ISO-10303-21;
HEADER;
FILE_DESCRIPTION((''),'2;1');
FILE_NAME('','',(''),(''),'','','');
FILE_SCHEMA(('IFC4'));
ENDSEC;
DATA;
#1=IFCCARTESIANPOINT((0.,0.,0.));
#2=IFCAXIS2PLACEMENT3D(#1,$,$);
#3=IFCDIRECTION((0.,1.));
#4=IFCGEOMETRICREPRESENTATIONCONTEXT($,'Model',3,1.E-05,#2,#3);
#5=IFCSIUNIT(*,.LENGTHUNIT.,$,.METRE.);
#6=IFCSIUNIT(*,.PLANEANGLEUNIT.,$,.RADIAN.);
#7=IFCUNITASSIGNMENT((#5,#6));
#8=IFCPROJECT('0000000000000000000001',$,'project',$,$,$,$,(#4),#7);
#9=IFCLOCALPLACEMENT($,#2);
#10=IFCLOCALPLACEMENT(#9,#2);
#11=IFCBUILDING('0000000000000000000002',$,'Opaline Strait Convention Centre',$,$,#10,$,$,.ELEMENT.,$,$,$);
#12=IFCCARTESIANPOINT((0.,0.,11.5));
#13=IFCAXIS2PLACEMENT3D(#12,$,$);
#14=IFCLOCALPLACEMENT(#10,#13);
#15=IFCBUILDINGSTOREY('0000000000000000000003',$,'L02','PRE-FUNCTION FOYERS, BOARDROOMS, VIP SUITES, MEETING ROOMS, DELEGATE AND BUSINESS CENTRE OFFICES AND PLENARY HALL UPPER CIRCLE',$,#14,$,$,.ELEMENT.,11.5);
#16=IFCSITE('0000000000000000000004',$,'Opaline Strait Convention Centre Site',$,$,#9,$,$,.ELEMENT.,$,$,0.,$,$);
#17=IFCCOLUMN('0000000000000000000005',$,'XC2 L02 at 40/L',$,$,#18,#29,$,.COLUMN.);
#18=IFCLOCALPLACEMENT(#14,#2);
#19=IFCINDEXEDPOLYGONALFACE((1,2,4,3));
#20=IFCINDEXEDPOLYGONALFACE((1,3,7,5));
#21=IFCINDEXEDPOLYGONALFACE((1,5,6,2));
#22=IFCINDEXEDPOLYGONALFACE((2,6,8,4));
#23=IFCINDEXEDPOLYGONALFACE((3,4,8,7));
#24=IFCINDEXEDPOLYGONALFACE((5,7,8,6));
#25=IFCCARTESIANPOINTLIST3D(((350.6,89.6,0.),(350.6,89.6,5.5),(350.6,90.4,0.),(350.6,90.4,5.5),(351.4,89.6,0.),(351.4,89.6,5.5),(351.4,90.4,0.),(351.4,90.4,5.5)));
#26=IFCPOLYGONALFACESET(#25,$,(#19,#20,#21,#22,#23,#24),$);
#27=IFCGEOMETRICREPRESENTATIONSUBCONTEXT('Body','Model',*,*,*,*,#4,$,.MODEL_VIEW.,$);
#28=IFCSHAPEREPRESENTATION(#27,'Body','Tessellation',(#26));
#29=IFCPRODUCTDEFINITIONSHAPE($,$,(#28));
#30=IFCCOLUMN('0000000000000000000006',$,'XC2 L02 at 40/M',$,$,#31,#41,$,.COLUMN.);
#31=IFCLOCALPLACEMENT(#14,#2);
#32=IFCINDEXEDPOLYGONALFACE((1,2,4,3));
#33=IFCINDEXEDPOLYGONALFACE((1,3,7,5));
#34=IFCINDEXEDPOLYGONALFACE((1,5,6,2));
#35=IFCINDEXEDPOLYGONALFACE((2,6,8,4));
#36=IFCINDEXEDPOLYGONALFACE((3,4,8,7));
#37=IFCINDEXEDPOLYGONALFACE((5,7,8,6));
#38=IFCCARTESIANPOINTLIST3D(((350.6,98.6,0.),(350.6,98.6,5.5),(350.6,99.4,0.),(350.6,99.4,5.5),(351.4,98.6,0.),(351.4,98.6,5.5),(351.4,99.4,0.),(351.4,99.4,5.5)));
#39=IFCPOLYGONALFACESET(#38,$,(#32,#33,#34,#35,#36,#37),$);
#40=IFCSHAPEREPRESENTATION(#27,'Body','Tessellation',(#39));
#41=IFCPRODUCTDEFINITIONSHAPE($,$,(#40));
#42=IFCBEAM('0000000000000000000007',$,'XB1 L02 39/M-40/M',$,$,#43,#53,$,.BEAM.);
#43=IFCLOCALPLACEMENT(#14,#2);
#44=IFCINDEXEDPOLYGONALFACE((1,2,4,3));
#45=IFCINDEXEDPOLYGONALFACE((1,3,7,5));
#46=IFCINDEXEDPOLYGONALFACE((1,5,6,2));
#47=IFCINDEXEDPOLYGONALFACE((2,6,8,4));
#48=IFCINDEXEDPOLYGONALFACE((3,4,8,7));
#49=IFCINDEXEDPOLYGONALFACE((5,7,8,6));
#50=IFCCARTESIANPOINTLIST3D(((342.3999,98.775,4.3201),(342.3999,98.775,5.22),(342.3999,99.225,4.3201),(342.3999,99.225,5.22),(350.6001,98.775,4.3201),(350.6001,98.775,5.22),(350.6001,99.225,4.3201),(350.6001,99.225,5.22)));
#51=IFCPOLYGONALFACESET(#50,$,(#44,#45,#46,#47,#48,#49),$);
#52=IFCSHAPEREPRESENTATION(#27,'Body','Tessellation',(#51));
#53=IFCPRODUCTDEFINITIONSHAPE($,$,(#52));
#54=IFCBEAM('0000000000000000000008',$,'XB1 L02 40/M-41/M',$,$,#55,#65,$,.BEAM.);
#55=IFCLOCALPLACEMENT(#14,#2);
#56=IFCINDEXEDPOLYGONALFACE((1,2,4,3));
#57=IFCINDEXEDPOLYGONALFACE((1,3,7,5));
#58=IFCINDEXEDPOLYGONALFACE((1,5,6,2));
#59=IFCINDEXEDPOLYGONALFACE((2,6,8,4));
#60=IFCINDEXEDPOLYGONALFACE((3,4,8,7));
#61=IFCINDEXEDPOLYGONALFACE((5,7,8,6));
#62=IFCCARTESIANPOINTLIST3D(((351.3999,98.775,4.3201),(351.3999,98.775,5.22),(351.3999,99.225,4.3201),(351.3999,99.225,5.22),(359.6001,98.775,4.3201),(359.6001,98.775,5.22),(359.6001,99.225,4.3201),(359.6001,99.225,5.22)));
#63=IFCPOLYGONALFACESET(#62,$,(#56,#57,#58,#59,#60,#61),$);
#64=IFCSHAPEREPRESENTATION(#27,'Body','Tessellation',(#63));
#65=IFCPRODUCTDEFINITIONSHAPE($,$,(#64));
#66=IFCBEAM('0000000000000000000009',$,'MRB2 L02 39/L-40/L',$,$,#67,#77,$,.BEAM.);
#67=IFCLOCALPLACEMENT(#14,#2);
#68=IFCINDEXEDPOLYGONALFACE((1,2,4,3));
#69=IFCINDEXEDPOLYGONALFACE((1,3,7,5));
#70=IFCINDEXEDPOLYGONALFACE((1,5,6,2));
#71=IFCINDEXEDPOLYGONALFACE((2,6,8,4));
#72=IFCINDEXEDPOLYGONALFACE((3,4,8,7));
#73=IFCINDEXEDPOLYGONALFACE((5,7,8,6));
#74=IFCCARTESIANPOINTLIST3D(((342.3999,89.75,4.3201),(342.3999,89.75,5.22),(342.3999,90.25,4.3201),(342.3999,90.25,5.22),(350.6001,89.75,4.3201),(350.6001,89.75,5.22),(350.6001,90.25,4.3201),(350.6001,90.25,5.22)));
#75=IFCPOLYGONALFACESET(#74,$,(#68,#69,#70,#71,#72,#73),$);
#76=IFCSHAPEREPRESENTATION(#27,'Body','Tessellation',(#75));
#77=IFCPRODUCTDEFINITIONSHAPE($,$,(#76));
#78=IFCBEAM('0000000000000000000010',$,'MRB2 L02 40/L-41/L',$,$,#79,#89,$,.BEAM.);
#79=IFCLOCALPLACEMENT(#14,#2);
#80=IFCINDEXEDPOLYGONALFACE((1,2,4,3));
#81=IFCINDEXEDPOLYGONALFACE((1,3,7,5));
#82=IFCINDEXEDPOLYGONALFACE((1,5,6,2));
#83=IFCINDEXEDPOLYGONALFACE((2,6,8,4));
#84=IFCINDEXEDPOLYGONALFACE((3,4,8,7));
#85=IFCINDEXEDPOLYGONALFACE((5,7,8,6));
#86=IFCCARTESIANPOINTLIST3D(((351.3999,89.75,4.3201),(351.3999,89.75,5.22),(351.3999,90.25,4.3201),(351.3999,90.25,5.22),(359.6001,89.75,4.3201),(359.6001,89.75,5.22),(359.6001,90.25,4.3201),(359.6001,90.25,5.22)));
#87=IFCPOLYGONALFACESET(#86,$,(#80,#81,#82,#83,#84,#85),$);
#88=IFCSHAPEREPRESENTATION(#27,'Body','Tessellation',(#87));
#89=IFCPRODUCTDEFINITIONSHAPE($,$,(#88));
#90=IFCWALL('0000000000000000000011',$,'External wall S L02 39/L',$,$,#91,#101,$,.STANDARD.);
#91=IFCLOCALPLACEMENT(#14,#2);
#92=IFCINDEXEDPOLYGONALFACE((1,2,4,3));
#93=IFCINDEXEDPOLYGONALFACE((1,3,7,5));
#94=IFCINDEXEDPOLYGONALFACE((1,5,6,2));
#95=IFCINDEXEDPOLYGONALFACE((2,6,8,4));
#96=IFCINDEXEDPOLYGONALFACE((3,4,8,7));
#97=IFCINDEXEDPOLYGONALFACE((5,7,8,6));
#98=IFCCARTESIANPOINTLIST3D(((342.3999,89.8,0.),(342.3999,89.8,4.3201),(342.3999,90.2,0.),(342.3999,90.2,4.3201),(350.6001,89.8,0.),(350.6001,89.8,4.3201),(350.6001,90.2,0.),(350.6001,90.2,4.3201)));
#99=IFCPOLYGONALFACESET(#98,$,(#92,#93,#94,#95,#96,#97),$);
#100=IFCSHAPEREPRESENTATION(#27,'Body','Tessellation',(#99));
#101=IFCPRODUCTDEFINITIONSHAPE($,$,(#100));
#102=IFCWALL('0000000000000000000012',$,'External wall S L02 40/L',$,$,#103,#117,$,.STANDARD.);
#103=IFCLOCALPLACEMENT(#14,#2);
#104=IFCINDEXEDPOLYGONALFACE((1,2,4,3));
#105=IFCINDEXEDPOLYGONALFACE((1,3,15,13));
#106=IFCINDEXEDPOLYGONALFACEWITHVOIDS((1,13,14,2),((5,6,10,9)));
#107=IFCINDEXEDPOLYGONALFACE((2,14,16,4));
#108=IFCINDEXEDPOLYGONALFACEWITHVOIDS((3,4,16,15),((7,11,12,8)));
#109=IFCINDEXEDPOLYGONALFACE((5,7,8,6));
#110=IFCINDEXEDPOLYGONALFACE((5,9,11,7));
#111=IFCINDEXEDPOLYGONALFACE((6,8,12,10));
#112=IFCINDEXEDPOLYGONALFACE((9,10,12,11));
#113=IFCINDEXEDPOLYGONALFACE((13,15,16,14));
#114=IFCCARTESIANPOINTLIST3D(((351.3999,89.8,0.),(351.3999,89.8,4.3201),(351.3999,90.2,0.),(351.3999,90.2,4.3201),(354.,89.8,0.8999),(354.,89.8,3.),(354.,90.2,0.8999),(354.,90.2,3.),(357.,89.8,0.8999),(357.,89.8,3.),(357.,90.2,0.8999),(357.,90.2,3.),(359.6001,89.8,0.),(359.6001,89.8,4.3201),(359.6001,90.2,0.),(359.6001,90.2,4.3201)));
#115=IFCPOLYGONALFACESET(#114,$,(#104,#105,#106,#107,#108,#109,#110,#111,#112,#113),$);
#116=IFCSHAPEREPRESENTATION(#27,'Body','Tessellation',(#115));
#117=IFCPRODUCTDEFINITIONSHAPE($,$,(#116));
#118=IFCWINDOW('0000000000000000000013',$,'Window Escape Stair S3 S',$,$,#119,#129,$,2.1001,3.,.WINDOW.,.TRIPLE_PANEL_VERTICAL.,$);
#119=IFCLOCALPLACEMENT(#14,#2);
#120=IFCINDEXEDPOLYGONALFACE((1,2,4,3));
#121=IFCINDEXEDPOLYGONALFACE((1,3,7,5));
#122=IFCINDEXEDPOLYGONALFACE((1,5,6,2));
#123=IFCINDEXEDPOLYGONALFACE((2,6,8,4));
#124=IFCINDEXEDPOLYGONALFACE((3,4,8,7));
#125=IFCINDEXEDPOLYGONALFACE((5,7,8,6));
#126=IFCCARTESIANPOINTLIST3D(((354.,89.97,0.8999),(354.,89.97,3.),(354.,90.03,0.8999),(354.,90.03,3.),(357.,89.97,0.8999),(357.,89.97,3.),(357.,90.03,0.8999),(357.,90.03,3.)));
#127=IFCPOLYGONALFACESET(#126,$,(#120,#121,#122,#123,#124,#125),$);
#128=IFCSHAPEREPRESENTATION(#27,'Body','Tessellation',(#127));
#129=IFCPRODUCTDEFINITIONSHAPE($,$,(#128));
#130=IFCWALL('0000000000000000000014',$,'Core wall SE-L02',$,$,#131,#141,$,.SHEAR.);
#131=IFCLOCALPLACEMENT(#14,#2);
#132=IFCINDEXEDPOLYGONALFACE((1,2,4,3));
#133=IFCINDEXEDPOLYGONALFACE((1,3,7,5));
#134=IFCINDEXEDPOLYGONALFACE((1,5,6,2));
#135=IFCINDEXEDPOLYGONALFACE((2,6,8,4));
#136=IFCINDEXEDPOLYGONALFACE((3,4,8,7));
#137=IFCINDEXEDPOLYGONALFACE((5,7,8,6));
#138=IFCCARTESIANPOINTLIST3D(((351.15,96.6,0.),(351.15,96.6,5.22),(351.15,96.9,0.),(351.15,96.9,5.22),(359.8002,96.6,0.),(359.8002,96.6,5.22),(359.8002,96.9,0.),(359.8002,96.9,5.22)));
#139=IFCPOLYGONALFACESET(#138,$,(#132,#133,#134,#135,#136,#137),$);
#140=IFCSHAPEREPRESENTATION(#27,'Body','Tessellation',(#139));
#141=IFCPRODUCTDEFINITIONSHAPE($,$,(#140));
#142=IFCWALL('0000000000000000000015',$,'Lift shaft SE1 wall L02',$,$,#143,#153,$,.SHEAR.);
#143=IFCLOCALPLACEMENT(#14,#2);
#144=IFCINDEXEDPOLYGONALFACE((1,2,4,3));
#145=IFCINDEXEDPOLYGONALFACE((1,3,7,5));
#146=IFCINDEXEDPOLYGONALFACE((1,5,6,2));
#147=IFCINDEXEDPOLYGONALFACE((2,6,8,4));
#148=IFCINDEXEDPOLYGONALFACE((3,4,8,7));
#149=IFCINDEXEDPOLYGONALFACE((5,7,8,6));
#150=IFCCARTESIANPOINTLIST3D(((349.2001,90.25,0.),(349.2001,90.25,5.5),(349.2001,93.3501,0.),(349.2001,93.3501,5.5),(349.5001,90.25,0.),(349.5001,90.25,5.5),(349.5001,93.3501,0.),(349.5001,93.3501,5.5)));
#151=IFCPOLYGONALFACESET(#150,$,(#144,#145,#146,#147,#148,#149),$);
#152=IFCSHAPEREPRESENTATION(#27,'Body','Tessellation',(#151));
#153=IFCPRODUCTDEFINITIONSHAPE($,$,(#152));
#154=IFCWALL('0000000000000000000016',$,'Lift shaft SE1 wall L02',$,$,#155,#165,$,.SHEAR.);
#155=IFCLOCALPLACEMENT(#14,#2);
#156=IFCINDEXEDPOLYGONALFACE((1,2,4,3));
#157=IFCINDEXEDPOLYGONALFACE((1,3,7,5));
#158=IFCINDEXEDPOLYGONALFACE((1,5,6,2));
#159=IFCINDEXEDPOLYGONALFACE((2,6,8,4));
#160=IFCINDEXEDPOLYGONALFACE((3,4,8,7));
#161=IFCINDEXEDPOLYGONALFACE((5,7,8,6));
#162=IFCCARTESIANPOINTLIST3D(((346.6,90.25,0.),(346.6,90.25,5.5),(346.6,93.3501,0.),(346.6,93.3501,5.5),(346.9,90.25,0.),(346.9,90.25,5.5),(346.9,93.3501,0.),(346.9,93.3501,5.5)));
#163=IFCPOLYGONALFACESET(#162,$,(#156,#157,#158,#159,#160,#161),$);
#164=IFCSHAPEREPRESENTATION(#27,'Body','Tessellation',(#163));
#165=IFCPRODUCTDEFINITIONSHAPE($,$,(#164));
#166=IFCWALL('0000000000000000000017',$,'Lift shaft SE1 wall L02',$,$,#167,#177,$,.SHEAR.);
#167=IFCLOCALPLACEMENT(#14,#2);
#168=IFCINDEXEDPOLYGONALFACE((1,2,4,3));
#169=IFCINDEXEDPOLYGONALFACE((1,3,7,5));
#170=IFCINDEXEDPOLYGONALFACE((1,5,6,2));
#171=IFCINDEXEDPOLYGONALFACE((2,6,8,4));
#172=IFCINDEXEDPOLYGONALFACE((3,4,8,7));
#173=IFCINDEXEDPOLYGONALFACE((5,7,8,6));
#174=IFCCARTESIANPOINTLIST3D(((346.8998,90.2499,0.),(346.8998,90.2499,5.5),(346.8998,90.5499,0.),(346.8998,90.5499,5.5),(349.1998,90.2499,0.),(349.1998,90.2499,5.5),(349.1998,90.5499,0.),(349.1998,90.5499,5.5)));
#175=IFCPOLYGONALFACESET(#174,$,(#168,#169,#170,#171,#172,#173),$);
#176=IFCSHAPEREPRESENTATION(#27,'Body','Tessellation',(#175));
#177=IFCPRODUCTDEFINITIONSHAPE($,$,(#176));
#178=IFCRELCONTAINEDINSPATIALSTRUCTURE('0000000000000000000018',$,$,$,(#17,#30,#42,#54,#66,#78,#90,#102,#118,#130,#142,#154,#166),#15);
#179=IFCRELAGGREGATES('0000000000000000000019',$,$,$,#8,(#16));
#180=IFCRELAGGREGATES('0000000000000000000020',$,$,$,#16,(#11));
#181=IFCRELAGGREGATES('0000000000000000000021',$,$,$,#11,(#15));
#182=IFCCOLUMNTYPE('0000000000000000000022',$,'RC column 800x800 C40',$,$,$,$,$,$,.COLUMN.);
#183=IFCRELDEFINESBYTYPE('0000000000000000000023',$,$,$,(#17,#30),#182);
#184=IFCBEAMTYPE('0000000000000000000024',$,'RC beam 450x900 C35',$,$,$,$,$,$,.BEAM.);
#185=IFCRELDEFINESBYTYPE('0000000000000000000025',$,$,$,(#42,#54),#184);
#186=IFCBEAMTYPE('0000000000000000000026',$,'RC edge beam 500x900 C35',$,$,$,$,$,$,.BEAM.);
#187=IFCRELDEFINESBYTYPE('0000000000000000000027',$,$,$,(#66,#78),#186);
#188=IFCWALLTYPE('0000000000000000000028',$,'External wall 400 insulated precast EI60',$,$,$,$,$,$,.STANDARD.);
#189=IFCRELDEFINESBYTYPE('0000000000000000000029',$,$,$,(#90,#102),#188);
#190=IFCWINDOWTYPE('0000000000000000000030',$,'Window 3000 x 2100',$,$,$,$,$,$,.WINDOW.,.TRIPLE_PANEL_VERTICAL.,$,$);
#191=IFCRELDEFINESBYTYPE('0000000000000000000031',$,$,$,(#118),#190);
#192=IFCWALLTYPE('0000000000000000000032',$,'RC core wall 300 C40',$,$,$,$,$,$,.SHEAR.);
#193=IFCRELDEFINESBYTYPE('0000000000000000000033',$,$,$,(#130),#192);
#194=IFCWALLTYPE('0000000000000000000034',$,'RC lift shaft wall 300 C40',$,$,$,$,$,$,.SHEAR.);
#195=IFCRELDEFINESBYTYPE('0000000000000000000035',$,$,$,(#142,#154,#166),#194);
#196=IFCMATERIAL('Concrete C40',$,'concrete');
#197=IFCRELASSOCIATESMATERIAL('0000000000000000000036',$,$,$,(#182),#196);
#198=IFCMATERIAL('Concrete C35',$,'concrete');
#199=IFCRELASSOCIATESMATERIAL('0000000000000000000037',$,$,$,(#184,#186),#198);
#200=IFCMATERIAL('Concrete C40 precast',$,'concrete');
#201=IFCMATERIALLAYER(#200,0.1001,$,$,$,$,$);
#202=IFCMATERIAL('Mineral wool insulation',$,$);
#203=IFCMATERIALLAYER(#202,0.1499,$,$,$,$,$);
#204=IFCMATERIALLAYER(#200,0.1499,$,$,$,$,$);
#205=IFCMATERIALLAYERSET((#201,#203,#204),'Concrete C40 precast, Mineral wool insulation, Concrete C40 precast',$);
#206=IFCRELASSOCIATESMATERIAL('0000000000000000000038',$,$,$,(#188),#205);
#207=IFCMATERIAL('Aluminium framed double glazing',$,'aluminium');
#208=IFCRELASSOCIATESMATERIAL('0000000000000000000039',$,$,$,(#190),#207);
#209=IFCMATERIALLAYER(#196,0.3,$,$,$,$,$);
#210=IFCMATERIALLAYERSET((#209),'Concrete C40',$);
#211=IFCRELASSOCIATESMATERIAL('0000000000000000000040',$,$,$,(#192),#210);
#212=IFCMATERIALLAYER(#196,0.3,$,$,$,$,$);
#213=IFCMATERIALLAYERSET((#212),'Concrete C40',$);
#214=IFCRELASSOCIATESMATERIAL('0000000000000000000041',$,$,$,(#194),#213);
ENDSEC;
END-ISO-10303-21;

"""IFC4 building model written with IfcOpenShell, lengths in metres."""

from ifc_helpers import new_model, si_unit, direction, frame, frame_2d, origin, origin_2d, place, context, subcontext, project, spatial, rectangle, extrude, material, layer, layer_set, material_profile, profile_set, type_object, element, fill, save


model = new_model("IFC4")

# Units and contexts
model_context = context("Model", 3, precision=1e-05, world=origin(), true_north=direction((0.0, 1.0)))
body_context = subcontext(model_context, "Body", "Model", "MODEL_VIEW")
ifc_project = project(units=[si_unit("LENGTHUNIT", "METRE"), si_unit("PLANEANGLEUNIT", "RADIAN")], contexts=[model_context])

# Site, building, storey
site_placement = place(None, origin())
site = spatial("IfcSite", under=ifc_project, at=site_placement, Name="Opaline Strait Convention Centre Site", CompositionType="ELEMENT", RefElevation=0.0)
building_placement = place(site_placement, origin())
building = spatial("IfcBuilding", under=site, at=building_placement, Name="Opaline Strait Convention Centre", CompositionType="ELEMENT")
storey_placement = place(building_placement, frame((0.0, 0.0, 11.5)))
storey = spatial("IfcBuildingStorey", under=building, at=storey_placement, Name="L02", Description="PRE-FUNCTION FOYERS, BOARDROOMS, VIP SUITES, MEETING ROOMS, DELEGATE AND BUSINESS CENTRE OFFICES AND PLENARY HALL UPPER CIRCLE", CompositionType="ELEMENT", Elevation=11.5)

# Columns
ifc_material_1 = material(Name="Concrete C40", Category="concrete")
ifc_material_profile_1 = material_profile(ifc_material_1, rectangle(XDim=0.8, YDim=0.8, at=origin_2d()), Name="RC 800x800")
ifc_profile_set_1 = profile_set([ifc_material_profile_1], Name="Concrete C40")
column_type = type_object("IfcColumnType", Name="RC column 800x800 C40", PredefinedType="COLUMN", material=ifc_profile_set_1)
for number, where, z_axis, x_axis, name in (
    (1, (351.0, 90.0, 0.0), (0.0, 0.0, 1.0), (1.0, 0.0, 0.0), "XC2 L02 at 40/L"),
    (2, (351.0, 99.0, 0.0), (0.0, 0.0, 1.0), (1.0, 0.0, 0.0), "XC2 L02 at 40/M"),
):
    element("IfcColumn", number, at=place(storey_placement, frame(where, z_axis=z_axis, x_axis=x_axis)), inside=storey, type_object=column_type, Name=name, PredefinedType="COLUMN", context=body_context, shape_type="SweptSolid", body=[
        extrude(rectangle(XDim=0.8, YDim=0.8, at=origin_2d()), origin(), (0.0, 0.0, 1.0), 5.5),
    ])

# Beams
ifc_material_2 = material(Name="Concrete C35", Category="concrete")
ifc_material_profile_2 = material_profile(ifc_material_2, rectangle(XDim=0.45, YDim=0.8999, at=origin_2d()), Name="RC 450x900")
ifc_profile_set_2 = profile_set([ifc_material_profile_2], Name="Concrete C35")
beam_type_1 = type_object("IfcBeamType", Name="RC beam 450x900 C35", PredefinedType="BEAM", material=ifc_profile_set_2)
for number, where, z_axis, x_axis, name in (
    (3, (342.3999, 99.0, 4.77), (1.0, 0.0, 0.0), (0.0, 1.0, 0.0), "XB1 L02 39/M-40/M"),
    (4, (351.3999, 99.0, 4.77), (1.0, 0.0, 0.0), (0.0, 1.0, 0.0), "XB1 L02 40/M-41/M"),
):
    element("IfcBeam", number, at=place(storey_placement, frame(where, z_axis=z_axis, x_axis=x_axis)), inside=storey, type_object=beam_type_1, Name=name, PredefinedType="BEAM", context=body_context, shape_type="SweptSolid", body=[
        extrude(rectangle(XDim=0.45, YDim=0.8999, at=origin_2d()), origin(), (0.0, 0.0, 1.0), 8.2002),
    ])
ifc_material_profile_3 = material_profile(ifc_material_2, rectangle(XDim=0.5, YDim=0.8999, at=origin_2d()), Name="RC 500x900")
ifc_profile_set_3 = profile_set([ifc_material_profile_3], Name="Concrete C35")
beam_type_2 = type_object("IfcBeamType", Name="RC edge beam 500x900 C35", PredefinedType="BEAM", material=ifc_profile_set_3)
for number, where, z_axis, x_axis, name in (
    (5, (342.3999, 90.0, 4.77), (1.0, 0.0, 0.0), (0.0, 1.0, 0.0), "MRB2 L02 39/L-40/L"),
    (6, (351.3999, 90.0, 4.77), (1.0, 0.0, 0.0), (0.0, 1.0, 0.0), "MRB2 L02 40/L-41/L"),
):
    element("IfcBeam", number, at=place(storey_placement, frame(where, z_axis=z_axis, x_axis=x_axis)), inside=storey, type_object=beam_type_2, Name=name, PredefinedType="BEAM", context=body_context, shape_type="SweptSolid", body=[
        extrude(rectangle(XDim=0.5, YDim=0.8999, at=origin_2d()), origin(), (0.0, 0.0, 1.0), 8.2002),
    ])

# Wall
ifc_material_3 = material(Name="Concrete C40 precast", Category="concrete")
ifc_layer_1 = layer(ifc_material_3, 0.1001)
ifc_material_4 = material(Name="Mineral wool insulation")
ifc_layer_2 = layer(ifc_material_4, 0.1499)
ifc_layer_3 = layer(ifc_material_3, 0.1499)
ifc_layer_set_1 = layer_set([ifc_layer_1, ifc_layer_2, ifc_layer_3], Name="Concrete C40 precast, Mineral wool insulation, Concrete C40 precast")
wall_type_1 = type_object("IfcWallType", Name="External wall 400 insulated precast EI60", PredefinedType="STANDARD", material=ifc_layer_set_1)
wall_1_placement = place(storey_placement, frame((342.3999, 90.0, 0.0), z_axis=(0.0, 0.0, 1.0), x_axis=(1.0, 0.0, 0.0)))
element("IfcWall", 7, at=wall_1_placement, inside=storey, type_object=wall_type_1, Name="External wall S L02 39/L", PredefinedType="STANDARD", context=body_context, shape_type="SweptSolid", body=[
    extrude(rectangle(XDim=8.2002, YDim=0.3999, at=frame_2d((4.1001, 0.0))), origin(), (0.0, 0.0, 1.0), 4.3201),
])

# Wall, opening, window
wall_2_placement = place(storey_placement, frame((351.3999, 90.0, 0.0), z_axis=(0.0, 0.0, 1.0), x_axis=(1.0, 0.0, 0.0)))
wall_2 = element("IfcWall", 8, at=wall_2_placement, inside=storey, type_object=wall_type_1, Name="External wall S L02 40/L", PredefinedType="STANDARD", context=body_context, shape_type="SweptSolid", body=[
    extrude(rectangle(XDim=8.2002, YDim=0.3999, at=frame_2d((4.1001, 0.0))), origin(), (0.0, 0.0, 1.0), 4.3201),
])
opening_1_placement = place(wall_2_placement, frame((2.6001, 0.0, 0.8999)))
opening_1 = element("IfcOpeningElement", 9, at=opening_1_placement, cuts=wall_2, PredefinedType="OPENING", context=body_context, shape_type="SweptSolid", body=[
    extrude(rectangle(XDim=3.0, YDim=2.1001, at=frame_2d((1.5, 1.05))), frame((0.0, 0.21, 0.0), z_axis=(0.0, -1.0, 0.0), x_axis=(1.0, 0.0, 0.0)), (0.0, 0.0, 1.0), 0.4199),
])
ifc_material_5 = material(Name="Aluminium framed double glazing", Category="aluminium")
window_type = type_object("IfcWindowType", Name="Window 3000 x 2100", PartitioningType="TRIPLE_PANEL_VERTICAL", PredefinedType="WINDOW", material=ifc_material_5)
window_placement = place(opening_1_placement, origin())
window = element("IfcWindow", 10, at=window_placement, inside=storey, type_object=window_type, Name="Window Escape Stair S3 S", OverallHeight=2.1001, OverallWidth=3.0, PartitioningType="TRIPLE_PANEL_VERTICAL", PredefinedType="WINDOW", context=body_context, shape_type="SweptSolid", body=[
    extrude(rectangle(XDim=3.0, YDim=2.1001, at=frame_2d((1.5, 1.05))), frame((0.0, 0.03, 0.0), z_axis=(0.0, -1.0, 0.0), x_axis=(1.0, 0.0, 0.0)), (0.0, 0.0, 1.0), 0.0601),
])
fill(opening_1, window)

# Shared definitions
ifc_layer_4 = layer(ifc_material_1, 0.3)
ifc_layer_set_2 = layer_set([ifc_layer_4], Name="Concrete C40")
wall_type_2 = type_object("IfcWallType", Name="RC core wall 300 C40", PredefinedType="SHEAR", material=ifc_layer_set_2)

# Walls
wall_3_placement = place(storey_placement, frame((351.1499, 96.75, 0.0), z_axis=(0.0, 0.0, 1.0), x_axis=(1.0, 0.0, 0.0)))
element("IfcWall", 11, at=wall_3_placement, inside=storey, type_object=wall_type_2, Name="Core wall SE-L02", PredefinedType="SHEAR", context=body_context, shape_type="SweptSolid", body=[
    extrude(rectangle(XDim=8.6501, YDim=0.3, at=frame_2d((4.3252, 0.0))), origin(), (0.0, 0.0, 1.0), 5.22),
])
ifc_layer_5 = layer(ifc_material_1, 0.3)
ifc_layer_set_3 = layer_set([ifc_layer_5], Name="Concrete C40")
wall_type_3 = type_object("IfcWallType", Name="RC lift shaft wall 300 C40", PredefinedType="SHEAR", material=ifc_layer_set_3)
for number, where, z_axis, x_axis, name in (
    (12, (349.3501, 90.25, 0.0), (0.0, 0.0, 1.0), (0.0, 1.0, 0.0), "Lift shaft SE1 wall L02"),
    (13, (346.75, 90.25, 0.0), (0.0, 0.0, 1.0), (0.0, 1.0, 0.0), "Lift shaft SE1 wall L02"),
):
    element("IfcWall", number, at=place(storey_placement, frame(where, z_axis=z_axis, x_axis=x_axis)), inside=storey, type_object=wall_type_3, Name=name, PredefinedType="SHEAR", context=body_context, shape_type="SweptSolid", body=[
        extrude(rectangle(XDim=3.1001, YDim=0.3, at=frame_2d((1.55, 0.0))), origin(), (0.0, 0.0, 1.0), 5.5),
    ])
wall_4_placement = place(storey_placement, frame((346.8999, 90.3999, 0.0), z_axis=(0.0, 0.0, 1.0), x_axis=(1.0, 0.0, 0.0)))
element("IfcWall", 14, at=wall_4_placement, inside=storey, type_object=wall_type_3, Name="Lift shaft SE1 wall L02", PredefinedType="SHEAR", context=body_context, shape_type="SweptSolid", body=[
    extrude(rectangle(XDim=2.3, YDim=0.3, at=frame_2d((1.1499, 0.0))), origin(), (0.0, 0.0, 1.0), 5.5),
])

save(model, "model.ifc")
